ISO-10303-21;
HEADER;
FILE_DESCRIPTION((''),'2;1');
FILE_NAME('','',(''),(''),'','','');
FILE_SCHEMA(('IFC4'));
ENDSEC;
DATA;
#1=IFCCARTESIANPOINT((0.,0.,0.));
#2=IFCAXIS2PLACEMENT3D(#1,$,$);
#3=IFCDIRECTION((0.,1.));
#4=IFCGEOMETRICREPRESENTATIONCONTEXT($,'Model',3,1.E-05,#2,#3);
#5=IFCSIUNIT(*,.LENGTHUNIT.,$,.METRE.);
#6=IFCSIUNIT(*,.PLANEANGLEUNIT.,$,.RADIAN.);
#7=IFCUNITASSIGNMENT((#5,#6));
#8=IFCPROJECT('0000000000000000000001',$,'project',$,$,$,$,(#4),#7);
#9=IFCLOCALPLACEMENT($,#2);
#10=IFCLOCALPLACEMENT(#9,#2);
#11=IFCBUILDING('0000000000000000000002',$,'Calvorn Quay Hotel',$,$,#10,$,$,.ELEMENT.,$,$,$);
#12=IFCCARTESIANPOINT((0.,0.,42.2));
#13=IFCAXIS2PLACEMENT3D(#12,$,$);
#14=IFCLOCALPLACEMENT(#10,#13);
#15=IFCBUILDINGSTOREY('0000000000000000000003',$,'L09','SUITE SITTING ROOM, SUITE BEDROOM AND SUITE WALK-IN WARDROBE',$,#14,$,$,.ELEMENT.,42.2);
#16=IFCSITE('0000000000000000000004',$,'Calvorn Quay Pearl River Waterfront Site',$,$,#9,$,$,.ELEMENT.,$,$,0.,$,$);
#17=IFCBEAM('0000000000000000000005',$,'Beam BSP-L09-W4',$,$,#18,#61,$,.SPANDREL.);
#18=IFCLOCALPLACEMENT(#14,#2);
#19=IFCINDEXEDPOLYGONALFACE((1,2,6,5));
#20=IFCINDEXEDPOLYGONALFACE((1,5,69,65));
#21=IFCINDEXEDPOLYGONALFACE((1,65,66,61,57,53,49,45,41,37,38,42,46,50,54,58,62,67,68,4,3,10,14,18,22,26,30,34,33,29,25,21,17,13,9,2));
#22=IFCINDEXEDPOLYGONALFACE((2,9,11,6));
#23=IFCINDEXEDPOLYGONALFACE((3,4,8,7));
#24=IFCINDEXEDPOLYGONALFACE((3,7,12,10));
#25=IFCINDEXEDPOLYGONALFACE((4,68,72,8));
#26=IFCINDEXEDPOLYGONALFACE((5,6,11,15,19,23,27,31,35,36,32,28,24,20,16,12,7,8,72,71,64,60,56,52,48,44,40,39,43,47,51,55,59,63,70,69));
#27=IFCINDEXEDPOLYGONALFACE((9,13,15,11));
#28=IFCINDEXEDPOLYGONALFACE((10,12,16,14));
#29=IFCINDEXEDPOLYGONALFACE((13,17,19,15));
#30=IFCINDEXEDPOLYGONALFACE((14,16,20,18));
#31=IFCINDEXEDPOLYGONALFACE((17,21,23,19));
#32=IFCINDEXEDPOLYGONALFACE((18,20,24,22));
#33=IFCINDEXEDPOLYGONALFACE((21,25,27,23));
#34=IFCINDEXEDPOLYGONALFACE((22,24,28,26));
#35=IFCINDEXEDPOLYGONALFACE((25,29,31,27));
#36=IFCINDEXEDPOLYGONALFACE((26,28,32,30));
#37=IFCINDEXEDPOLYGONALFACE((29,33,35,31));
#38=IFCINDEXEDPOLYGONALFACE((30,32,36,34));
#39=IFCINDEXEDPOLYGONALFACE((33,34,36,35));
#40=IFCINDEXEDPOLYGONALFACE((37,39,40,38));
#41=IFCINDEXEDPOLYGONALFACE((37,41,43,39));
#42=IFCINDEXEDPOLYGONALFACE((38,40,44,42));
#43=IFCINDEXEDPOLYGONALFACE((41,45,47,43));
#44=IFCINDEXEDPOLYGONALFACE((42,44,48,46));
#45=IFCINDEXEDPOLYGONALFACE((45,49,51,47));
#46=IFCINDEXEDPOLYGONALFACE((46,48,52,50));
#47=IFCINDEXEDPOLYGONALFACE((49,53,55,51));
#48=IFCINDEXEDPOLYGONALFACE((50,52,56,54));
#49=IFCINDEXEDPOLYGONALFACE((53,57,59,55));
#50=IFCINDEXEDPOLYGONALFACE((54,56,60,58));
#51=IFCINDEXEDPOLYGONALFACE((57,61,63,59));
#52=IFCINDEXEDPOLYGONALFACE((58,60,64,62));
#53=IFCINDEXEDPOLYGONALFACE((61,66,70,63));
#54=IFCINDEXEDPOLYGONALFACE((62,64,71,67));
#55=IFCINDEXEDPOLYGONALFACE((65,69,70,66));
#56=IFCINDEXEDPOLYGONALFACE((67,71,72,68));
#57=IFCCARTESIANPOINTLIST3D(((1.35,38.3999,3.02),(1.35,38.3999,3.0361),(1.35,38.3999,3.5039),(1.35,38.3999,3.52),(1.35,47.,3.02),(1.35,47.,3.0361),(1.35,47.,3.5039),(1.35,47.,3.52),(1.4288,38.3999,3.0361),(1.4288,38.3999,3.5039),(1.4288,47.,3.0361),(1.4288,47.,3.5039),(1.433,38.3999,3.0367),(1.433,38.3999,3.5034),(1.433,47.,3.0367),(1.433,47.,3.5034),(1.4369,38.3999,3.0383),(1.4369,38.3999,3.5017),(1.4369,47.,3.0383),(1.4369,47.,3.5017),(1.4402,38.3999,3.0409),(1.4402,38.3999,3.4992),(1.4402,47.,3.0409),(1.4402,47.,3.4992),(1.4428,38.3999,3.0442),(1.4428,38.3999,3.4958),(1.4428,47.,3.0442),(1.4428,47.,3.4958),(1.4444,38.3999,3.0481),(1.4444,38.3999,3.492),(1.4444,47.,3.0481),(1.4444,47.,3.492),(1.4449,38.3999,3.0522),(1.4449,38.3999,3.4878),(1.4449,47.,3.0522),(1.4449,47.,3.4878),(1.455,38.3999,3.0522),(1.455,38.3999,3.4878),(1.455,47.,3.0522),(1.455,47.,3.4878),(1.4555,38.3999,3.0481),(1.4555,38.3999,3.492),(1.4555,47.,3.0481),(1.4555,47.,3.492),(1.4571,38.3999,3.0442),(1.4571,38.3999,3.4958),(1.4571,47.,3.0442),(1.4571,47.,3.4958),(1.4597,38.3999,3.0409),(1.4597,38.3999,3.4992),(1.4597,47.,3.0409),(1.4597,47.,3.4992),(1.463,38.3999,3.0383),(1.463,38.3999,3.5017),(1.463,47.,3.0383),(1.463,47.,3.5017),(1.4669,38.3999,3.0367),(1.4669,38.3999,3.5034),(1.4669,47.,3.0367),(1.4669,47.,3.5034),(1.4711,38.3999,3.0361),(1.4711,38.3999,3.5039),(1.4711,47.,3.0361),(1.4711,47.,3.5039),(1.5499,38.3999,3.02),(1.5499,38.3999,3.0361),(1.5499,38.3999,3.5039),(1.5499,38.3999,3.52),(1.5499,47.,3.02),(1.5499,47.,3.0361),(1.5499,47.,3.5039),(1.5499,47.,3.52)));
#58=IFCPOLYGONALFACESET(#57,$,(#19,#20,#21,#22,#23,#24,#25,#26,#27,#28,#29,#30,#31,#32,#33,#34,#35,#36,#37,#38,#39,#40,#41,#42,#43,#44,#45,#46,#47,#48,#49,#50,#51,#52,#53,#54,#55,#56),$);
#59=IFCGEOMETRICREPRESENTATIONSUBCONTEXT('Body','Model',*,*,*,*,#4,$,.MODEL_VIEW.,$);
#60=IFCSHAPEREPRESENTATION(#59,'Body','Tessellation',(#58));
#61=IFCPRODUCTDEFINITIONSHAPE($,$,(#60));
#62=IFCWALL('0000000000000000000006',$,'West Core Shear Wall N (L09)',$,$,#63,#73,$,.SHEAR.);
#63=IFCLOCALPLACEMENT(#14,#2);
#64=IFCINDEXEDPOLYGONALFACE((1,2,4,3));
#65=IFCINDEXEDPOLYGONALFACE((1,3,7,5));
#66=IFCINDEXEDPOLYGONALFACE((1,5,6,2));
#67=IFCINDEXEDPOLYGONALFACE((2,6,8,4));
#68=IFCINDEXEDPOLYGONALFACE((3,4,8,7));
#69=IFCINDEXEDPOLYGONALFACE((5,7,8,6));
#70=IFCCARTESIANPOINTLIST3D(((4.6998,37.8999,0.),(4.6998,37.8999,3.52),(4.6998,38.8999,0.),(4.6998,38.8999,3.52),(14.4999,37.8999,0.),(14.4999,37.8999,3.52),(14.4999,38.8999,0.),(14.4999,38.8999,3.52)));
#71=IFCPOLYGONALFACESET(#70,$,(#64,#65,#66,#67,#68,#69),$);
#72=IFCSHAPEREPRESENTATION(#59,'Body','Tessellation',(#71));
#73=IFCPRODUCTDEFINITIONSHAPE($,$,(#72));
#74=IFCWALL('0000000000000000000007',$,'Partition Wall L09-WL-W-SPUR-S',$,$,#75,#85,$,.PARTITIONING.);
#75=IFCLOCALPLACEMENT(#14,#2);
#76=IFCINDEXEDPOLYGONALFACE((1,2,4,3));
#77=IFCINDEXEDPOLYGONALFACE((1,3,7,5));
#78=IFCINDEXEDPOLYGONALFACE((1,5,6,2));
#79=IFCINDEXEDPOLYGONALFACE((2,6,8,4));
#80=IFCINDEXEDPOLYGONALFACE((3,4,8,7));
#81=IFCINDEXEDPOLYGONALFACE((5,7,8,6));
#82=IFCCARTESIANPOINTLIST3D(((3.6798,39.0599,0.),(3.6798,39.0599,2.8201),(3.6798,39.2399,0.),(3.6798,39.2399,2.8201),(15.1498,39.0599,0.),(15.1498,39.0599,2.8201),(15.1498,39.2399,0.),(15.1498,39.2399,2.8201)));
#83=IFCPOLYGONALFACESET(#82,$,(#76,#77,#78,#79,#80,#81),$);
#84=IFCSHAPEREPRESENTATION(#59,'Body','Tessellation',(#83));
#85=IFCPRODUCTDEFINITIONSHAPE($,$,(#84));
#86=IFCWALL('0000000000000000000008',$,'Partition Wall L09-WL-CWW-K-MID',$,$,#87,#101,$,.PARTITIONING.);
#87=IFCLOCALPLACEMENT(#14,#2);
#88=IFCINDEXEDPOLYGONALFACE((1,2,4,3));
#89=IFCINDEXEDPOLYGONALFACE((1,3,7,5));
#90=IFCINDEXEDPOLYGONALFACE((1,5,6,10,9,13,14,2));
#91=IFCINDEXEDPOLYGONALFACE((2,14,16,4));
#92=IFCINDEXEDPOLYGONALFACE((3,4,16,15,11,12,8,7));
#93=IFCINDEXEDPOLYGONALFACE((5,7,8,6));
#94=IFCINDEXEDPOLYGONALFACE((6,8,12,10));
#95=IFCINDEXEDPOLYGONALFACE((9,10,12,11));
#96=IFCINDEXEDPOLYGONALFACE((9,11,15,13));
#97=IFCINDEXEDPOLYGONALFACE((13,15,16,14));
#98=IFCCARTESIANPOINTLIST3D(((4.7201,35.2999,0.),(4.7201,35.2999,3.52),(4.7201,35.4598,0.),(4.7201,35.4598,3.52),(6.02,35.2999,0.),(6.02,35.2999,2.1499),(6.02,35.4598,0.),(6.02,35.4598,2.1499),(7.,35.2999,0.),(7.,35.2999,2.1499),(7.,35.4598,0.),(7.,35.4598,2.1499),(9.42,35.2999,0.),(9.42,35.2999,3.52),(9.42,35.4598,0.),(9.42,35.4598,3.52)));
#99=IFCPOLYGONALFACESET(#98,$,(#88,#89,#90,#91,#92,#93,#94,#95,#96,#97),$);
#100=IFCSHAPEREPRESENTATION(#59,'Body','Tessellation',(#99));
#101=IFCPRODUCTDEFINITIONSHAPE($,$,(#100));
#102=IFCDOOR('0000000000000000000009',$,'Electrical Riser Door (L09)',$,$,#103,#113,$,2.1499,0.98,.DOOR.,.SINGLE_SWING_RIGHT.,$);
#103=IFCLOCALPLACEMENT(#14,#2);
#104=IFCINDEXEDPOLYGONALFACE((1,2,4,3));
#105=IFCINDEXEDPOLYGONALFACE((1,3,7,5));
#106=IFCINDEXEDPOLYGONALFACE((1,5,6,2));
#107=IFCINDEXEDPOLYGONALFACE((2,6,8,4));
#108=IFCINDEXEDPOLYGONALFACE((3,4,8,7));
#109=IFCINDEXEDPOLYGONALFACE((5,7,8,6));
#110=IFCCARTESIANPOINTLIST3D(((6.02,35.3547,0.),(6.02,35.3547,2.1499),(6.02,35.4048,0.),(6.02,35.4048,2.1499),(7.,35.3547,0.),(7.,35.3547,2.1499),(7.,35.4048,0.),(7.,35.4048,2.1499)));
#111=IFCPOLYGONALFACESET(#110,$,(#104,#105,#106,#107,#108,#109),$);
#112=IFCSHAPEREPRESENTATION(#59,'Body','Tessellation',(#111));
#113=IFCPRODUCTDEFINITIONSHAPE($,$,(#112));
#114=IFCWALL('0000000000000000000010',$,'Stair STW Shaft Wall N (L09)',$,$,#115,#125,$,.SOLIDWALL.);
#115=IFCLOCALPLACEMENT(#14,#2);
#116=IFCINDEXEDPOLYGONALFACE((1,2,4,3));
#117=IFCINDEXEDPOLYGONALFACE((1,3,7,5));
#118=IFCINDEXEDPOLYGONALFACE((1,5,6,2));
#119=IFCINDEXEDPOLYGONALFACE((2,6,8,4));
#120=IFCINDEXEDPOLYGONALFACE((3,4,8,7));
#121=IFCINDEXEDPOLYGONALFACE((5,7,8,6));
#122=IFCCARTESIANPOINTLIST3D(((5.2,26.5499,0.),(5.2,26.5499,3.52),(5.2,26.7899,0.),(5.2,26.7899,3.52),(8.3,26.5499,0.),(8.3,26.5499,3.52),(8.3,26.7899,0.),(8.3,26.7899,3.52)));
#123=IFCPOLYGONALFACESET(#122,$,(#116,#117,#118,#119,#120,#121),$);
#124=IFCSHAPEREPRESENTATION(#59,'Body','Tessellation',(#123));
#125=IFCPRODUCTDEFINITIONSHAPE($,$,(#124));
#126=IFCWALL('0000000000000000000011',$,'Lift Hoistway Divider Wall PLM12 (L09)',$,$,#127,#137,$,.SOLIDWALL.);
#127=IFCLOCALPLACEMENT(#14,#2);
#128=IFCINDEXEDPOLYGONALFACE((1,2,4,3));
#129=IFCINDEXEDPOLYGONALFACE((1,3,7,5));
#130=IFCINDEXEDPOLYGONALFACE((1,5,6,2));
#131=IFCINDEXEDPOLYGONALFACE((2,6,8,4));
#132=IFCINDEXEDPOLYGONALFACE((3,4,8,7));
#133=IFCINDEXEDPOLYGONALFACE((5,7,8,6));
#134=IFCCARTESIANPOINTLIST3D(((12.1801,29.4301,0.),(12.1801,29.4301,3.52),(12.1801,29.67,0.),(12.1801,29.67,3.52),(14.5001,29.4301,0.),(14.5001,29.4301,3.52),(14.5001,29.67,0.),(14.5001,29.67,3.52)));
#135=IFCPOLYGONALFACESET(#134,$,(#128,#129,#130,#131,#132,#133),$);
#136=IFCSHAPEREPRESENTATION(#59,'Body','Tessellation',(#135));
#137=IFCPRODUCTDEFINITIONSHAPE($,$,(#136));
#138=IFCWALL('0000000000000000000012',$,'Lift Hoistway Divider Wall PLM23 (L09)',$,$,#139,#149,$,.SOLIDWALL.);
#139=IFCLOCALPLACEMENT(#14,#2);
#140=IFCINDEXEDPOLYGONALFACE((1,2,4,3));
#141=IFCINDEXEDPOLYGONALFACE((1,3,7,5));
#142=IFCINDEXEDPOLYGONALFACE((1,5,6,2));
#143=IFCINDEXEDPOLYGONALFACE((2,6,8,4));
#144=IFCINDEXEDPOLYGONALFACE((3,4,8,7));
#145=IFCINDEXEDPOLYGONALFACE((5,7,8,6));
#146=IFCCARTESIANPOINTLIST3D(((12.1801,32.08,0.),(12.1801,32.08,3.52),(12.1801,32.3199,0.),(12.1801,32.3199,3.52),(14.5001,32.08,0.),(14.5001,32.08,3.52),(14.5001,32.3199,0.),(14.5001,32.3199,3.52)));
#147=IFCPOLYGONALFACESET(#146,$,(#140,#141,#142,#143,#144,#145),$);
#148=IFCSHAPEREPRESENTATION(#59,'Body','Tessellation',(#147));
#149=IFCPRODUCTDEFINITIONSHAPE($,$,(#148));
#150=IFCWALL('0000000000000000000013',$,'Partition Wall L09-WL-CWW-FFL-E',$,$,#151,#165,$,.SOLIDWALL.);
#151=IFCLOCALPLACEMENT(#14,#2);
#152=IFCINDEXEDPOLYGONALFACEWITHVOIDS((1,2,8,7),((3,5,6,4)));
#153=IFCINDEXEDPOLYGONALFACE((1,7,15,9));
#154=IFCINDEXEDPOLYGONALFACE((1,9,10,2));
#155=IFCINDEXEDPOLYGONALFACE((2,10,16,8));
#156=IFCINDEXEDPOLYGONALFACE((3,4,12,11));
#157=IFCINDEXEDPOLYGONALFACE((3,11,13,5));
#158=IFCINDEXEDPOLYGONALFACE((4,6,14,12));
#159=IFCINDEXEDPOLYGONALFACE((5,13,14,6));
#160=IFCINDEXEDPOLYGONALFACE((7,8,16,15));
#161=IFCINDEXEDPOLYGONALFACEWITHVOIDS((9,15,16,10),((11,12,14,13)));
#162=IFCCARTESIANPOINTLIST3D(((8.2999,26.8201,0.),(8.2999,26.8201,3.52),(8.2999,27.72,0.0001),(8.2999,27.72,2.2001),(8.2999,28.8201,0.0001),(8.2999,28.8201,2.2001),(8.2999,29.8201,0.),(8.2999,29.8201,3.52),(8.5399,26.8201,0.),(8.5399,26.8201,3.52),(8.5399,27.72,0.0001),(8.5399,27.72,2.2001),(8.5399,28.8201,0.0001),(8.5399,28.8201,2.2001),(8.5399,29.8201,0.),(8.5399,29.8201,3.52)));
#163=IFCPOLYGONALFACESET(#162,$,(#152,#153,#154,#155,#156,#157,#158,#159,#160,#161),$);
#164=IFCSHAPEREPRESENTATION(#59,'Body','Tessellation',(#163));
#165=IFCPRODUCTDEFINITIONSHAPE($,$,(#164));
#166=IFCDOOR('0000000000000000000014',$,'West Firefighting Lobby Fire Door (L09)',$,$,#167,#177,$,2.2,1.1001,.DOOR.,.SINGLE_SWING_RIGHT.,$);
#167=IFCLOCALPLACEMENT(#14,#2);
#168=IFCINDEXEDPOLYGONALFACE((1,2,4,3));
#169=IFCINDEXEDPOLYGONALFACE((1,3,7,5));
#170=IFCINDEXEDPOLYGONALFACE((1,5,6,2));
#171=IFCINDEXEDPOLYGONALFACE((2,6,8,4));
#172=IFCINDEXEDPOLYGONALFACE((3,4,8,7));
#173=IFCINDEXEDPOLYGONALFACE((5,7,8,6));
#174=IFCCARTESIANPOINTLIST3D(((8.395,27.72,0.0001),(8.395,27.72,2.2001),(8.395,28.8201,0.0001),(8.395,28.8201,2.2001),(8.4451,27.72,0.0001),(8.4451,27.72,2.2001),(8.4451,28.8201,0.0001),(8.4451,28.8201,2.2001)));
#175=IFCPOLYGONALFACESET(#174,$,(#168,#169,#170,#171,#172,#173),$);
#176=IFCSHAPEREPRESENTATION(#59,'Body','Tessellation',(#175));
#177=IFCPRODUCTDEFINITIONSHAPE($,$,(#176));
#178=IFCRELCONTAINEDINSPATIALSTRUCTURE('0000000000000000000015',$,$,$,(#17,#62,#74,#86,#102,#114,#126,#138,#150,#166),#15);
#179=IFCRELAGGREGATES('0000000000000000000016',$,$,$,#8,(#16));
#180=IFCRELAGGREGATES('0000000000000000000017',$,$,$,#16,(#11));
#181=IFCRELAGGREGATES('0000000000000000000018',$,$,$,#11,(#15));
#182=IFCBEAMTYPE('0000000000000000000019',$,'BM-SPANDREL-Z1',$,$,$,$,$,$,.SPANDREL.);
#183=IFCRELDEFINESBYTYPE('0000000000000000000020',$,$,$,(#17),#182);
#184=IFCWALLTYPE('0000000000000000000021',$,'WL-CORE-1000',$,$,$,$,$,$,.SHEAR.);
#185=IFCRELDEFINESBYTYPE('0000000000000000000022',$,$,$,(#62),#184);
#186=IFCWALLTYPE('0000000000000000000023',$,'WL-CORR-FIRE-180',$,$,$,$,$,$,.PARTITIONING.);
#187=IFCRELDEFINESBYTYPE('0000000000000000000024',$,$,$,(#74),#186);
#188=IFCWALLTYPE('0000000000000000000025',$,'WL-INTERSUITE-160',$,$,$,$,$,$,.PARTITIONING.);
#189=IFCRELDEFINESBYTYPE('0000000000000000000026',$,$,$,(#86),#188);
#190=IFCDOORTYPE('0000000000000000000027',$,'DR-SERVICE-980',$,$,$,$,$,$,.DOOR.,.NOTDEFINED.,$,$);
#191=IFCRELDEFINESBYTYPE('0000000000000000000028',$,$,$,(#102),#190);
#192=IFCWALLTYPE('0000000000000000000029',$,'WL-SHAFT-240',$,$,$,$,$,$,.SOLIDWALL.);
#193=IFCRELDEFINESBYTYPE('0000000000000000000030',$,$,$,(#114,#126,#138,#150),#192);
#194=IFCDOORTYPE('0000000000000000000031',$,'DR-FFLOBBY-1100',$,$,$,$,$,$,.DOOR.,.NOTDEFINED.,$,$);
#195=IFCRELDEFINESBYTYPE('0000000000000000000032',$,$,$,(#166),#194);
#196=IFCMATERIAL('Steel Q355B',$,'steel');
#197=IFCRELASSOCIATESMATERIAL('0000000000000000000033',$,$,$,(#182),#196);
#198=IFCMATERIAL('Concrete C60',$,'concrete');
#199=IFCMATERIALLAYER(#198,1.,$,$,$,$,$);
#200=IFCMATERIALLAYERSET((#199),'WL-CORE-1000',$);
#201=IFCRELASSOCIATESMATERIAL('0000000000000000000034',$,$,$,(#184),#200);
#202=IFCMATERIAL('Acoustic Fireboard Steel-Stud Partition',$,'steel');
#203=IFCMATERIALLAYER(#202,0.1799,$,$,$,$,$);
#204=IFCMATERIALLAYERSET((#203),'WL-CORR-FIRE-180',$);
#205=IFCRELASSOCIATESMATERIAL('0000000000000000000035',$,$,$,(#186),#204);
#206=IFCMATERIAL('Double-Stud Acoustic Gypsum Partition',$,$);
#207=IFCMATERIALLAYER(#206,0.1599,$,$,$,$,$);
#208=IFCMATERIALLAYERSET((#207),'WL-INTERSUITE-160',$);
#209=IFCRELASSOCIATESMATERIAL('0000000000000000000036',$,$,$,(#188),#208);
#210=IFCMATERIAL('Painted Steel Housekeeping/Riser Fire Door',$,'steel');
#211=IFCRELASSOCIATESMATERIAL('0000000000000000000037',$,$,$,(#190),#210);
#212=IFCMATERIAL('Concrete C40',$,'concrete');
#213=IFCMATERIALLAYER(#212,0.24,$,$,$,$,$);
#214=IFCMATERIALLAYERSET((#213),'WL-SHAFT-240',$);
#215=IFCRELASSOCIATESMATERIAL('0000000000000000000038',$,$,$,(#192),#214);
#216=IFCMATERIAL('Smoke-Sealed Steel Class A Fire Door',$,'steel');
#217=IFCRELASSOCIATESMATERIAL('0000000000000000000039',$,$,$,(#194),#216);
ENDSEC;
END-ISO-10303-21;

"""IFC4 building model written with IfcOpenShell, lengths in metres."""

from ifc_helpers import new_model, si_unit, direction, frame, frame_2d, origin, origin_2d, place, context, subcontext, project, spatial, rectangle, i_section, extrude, material, layer, layer_set, material_profile, profile_set, type_object, element, fill, save


model = new_model("IFC4")

# Units and contexts
model_context = context("Model", 3, precision=1e-05, world=origin(), true_north=direction((0.0, 1.0)))
body_context = subcontext(model_context, "Body", "Model", "MODEL_VIEW")
ifc_project = project(units=[si_unit("LENGTHUNIT", "METRE"), si_unit("PLANEANGLEUNIT", "RADIAN")], contexts=[model_context])

# Site, building, storey
site_placement = place(None, origin())
site = spatial("IfcSite", under=ifc_project, at=site_placement, Name="Calvorn Quay Pearl River Waterfront Site", CompositionType="ELEMENT", RefElevation=0.0)
building_placement = place(site_placement, origin())
building = spatial("IfcBuilding", under=site, at=building_placement, Name="Calvorn Quay Hotel", CompositionType="ELEMENT")
storey_placement = place(building_placement, frame((0.0, 0.0, 42.2)))
storey = spatial("IfcBuildingStorey", under=building, at=storey_placement, Name="L09", Description="SUITE SITTING ROOM, SUITE BEDROOM AND SUITE WALK-IN WARDROBE", CompositionType="ELEMENT", Elevation=42.2)

# Beam
ifc_material_1 = material(Name="Steel Q355B", Category="steel")
ifc_material_profile_1 = material_profile(ifc_material_1, i_section(OverallWidth=0.2, OverallDepth=0.5, WebThickness=0.01, FlangeThickness=0.0161, FilletRadius=0.0161, at=origin_2d()), Name="HN500x200x10x16")
ifc_profile_set_1 = profile_set([ifc_material_profile_1], Name="Steel Q355B")
beam_type_1 = type_object("IfcBeamType", Name="BM-SPANDREL-Z1", PredefinedType="SPANDREL", material=ifc_profile_set_1)
beam_1_placement = place(storey_placement, frame((1.45, 38.3999, 3.27), z_axis=(0.0, 1.0, 0.0), x_axis=(-1.0, 0.0, 0.0)))
element("IfcBeam", 1, at=beam_1_placement, inside=storey, type_object=beam_type_1, Name="Beam BSP-L09-W4", PredefinedType="SPANDREL", context=body_context, shape_type="SweptSolid", body=[
    extrude(i_section(OverallWidth=0.2, OverallDepth=0.5, WebThickness=0.01, FlangeThickness=0.0161, FilletRadius=0.0161, at=origin_2d()), origin(), (0.0, 0.0, 1.0), 8.6001),
])

# Walls
ifc_material_2 = material(Name="Concrete C60", Category="concrete")
ifc_layer_1 = layer(ifc_material_2, 1.0)
ifc_layer_set_1 = layer_set([ifc_layer_1], Name="WL-CORE-1000")
wall_type_1 = type_object("IfcWallType", Name="WL-CORE-1000", PredefinedType="SHEAR", material=ifc_layer_set_1)
wall_1_placement = place(storey_placement, frame((4.7, 38.3999, 0.0), z_axis=(0.0, 0.0, 1.0), x_axis=(1.0, 0.0, 0.0)))
element("IfcWall", 2, at=wall_1_placement, inside=storey, type_object=wall_type_1, Name="West Core Shear Wall N (L09)", PredefinedType="SHEAR", context=body_context, shape_type="SweptSolid", body=[
    extrude(rectangle(XDim=9.8, YDim=1.0, at=frame_2d((4.8999, 0.0))), origin(), (0.0, 0.0, 1.0), 3.52),
])
ifc_material_3 = material(Name="Acoustic Fireboard Steel-Stud Partition", Category="steel")
ifc_layer_2 = layer(ifc_material_3, 0.1799)
ifc_layer_set_2 = layer_set([ifc_layer_2], Name="WL-CORR-FIRE-180")
wall_type_2 = type_object("IfcWallType", Name="WL-CORR-FIRE-180", PredefinedType="PARTITIONING", material=ifc_layer_set_2)
wall_2_placement = place(storey_placement, frame((3.6799, 39.1499, 0.0), z_axis=(0.0, 0.0, 1.0), x_axis=(1.0, 0.0, 0.0)))
element("IfcWall", 3, at=wall_2_placement, inside=storey, type_object=wall_type_2, Name="Partition Wall L09-WL-W-SPUR-S", PredefinedType="PARTITIONING", context=body_context, shape_type="SweptSolid", body=[
    extrude(rectangle(XDim=11.47, YDim=0.1799, at=frame_2d((5.7349, 0.0))), origin(), (0.0, 0.0, 1.0), 2.8201),
])

# Wall, opening, door
ifc_material_4 = material(Name="Double-Stud Acoustic Gypsum Partition")
ifc_layer_3 = layer(ifc_material_4, 0.1599)
ifc_layer_set_3 = layer_set([ifc_layer_3], Name="WL-INTERSUITE-160")
wall_type_3 = type_object("IfcWallType", Name="WL-INTERSUITE-160", PredefinedType="PARTITIONING", material=ifc_layer_set_3)
wall_3_placement = place(storey_placement, frame((4.72, 35.3799, 0.0), z_axis=(0.0, 0.0, 1.0), x_axis=(1.0, 0.0, 0.0)))
wall_3 = element("IfcWall", 4, at=wall_3_placement, inside=storey, type_object=wall_type_3, Name="Partition Wall L09-WL-CWW-K-MID", PredefinedType="PARTITIONING", context=body_context, shape_type="SweptSolid", body=[
    extrude(rectangle(XDim=4.7, YDim=0.1599, at=frame_2d((2.3501, 0.0))), origin(), (0.0, 0.0, 1.0), 3.52),
])
opening_1_placement = place(wall_3_placement, frame((1.3, 0.0, 0.0)))
opening_1 = element("IfcOpeningElement", 5, at=opening_1_placement, cuts=wall_3, PredefinedType="OPENING", context=body_context, shape_type="SweptSolid", body=[
    extrude(rectangle(XDim=0.98, YDim=2.1499, at=frame_2d((0.49, 1.075))), frame((0.0, 0.0898, 0.0), z_axis=(0.0, -1.0, 0.0), x_axis=(1.0, 0.0, 0.0)), (0.0, 0.0, 1.0), 0.1799),
])
ifc_material_5 = material(Name="Painted Steel Housekeeping/Riser Fire Door", Category="steel")
door_type_1 = type_object("IfcDoorType", Name="DR-SERVICE-980", OperationType="NOTDEFINED", PredefinedType="DOOR", material=ifc_material_5)
door_1_placement = place(opening_1_placement, origin())
door_1 = element("IfcDoor", 6, at=door_1_placement, inside=storey, type_object=door_type_1, Name="Electrical Riser Door (L09)", OperationType="SINGLE_SWING_RIGHT", OverallHeight=2.1499, OverallWidth=0.98, PredefinedType="DOOR", context=body_context, shape_type="SweptSolid", body=[
    extrude(rectangle(XDim=0.98, YDim=2.1499, at=frame_2d((0.49, 1.075))), frame((0.0, 0.0249, 0.0), z_axis=(0.0, -1.0, 0.0), x_axis=(1.0, 0.0, 0.0)), (0.0, 0.0, 1.0), 0.05),
])
fill(opening_1, door_1)

# Walls
ifc_material_6 = material(Name="Concrete C40", Category="concrete")
ifc_layer_4 = layer(ifc_material_6, 0.24)
ifc_layer_set_4 = layer_set([ifc_layer_4], Name="WL-SHAFT-240")
wall_type_4 = type_object("IfcWallType", Name="WL-SHAFT-240", PredefinedType="SOLIDWALL", material=ifc_layer_set_4)
wall_4_placement = place(storey_placement, frame((5.2, 26.6699, 0.0), z_axis=(0.0, 0.0, 1.0), x_axis=(1.0, 0.0, 0.0)))
element("IfcWall", 7, at=wall_4_placement, inside=storey, type_object=wall_type_4, Name="Stair STW Shaft Wall N (L09)", PredefinedType="SOLIDWALL", context=body_context, shape_type="SweptSolid", body=[
    extrude(rectangle(XDim=3.1001, YDim=0.24, at=frame_2d((1.55, 0.0))), origin(), (0.0, 0.0, 1.0), 3.52),
])
for number, where, z_axis, x_axis, name in (
    (8, (12.1799, 29.55, 0.0), (0.0, 0.0, 1.0), (1.0, 0.0, 0.0), "Lift Hoistway Divider Wall PLM12 (L09)"),
    (9, (12.1799, 32.2, 0.0), (0.0, 0.0, 1.0), (1.0, 0.0, 0.0), "Lift Hoistway Divider Wall PLM23 (L09)"),
):
    element("IfcWall", number, at=place(storey_placement, frame(where, z_axis=z_axis, x_axis=x_axis)), inside=storey, type_object=wall_type_4, Name=name, PredefinedType="SOLIDWALL", context=body_context, shape_type="SweptSolid", body=[
        extrude(rectangle(XDim=2.3201, YDim=0.24, at=frame_2d((1.1602, 0.0))), origin(), (0.0, 0.0, 1.0), 3.52),
    ])

# Wall, opening, door
wall_5_placement = place(storey_placement, frame((8.4199, 26.8201, 0.0), z_axis=(0.0, 0.0, 1.0), x_axis=(0.0, 1.0, 0.0)))
wall_5 = element("IfcWall", 10, at=wall_5_placement, inside=storey, type_object=wall_type_4, Name="Partition Wall L09-WL-CWW-FFL-E", PredefinedType="SOLIDWALL", context=body_context, shape_type="SweptSolid", body=[
    extrude(rectangle(XDim=3.0, YDim=0.24, at=frame_2d((1.5, 0.0))), origin(), (0.0, 0.0, 1.0), 3.52),
])
opening_2_placement = place(wall_5_placement, frame((0.8999, 0.0, 0.0)))
opening_2 = element("IfcOpeningElement", 11, at=opening_2_placement, cuts=wall_5, PredefinedType="OPENING", context=body_context, shape_type="SweptSolid", body=[
    extrude(rectangle(XDim=1.1001, YDim=2.2, at=frame_2d((0.55, 1.1001))), frame((0.0, 0.1299, 0.0), z_axis=(0.0, -1.0, 0.0), x_axis=(1.0, 0.0, 0.0)), (0.0, 0.0, 1.0), 0.26),
])
ifc_material_7 = material(Name="Smoke-Sealed Steel Class A Fire Door", Category="steel")
door_type_2 = type_object("IfcDoorType", Name="DR-FFLOBBY-1100", OperationType="NOTDEFINED", PredefinedType="DOOR", material=ifc_material_7)
door_2_placement = place(opening_2_placement, origin())
door_2 = element("IfcDoor", 12, at=door_2_placement, inside=storey, type_object=door_type_2, Name="West Firefighting Lobby Fire Door (L09)", OperationType="SINGLE_SWING_RIGHT", OverallHeight=2.2, OverallWidth=1.1001, PredefinedType="DOOR", context=body_context, shape_type="SweptSolid", body=[
    extrude(rectangle(XDim=1.1001, YDim=2.2, at=frame_2d((0.55, 1.1001))), frame((0.0, 0.0249, 0.0), z_axis=(0.0, -1.0, 0.0), x_axis=(1.0, 0.0, 0.0)), (0.0, 0.0, 1.0), 0.05),
])
fill(opening_2, door_2)

save(model, "model.ifc")
